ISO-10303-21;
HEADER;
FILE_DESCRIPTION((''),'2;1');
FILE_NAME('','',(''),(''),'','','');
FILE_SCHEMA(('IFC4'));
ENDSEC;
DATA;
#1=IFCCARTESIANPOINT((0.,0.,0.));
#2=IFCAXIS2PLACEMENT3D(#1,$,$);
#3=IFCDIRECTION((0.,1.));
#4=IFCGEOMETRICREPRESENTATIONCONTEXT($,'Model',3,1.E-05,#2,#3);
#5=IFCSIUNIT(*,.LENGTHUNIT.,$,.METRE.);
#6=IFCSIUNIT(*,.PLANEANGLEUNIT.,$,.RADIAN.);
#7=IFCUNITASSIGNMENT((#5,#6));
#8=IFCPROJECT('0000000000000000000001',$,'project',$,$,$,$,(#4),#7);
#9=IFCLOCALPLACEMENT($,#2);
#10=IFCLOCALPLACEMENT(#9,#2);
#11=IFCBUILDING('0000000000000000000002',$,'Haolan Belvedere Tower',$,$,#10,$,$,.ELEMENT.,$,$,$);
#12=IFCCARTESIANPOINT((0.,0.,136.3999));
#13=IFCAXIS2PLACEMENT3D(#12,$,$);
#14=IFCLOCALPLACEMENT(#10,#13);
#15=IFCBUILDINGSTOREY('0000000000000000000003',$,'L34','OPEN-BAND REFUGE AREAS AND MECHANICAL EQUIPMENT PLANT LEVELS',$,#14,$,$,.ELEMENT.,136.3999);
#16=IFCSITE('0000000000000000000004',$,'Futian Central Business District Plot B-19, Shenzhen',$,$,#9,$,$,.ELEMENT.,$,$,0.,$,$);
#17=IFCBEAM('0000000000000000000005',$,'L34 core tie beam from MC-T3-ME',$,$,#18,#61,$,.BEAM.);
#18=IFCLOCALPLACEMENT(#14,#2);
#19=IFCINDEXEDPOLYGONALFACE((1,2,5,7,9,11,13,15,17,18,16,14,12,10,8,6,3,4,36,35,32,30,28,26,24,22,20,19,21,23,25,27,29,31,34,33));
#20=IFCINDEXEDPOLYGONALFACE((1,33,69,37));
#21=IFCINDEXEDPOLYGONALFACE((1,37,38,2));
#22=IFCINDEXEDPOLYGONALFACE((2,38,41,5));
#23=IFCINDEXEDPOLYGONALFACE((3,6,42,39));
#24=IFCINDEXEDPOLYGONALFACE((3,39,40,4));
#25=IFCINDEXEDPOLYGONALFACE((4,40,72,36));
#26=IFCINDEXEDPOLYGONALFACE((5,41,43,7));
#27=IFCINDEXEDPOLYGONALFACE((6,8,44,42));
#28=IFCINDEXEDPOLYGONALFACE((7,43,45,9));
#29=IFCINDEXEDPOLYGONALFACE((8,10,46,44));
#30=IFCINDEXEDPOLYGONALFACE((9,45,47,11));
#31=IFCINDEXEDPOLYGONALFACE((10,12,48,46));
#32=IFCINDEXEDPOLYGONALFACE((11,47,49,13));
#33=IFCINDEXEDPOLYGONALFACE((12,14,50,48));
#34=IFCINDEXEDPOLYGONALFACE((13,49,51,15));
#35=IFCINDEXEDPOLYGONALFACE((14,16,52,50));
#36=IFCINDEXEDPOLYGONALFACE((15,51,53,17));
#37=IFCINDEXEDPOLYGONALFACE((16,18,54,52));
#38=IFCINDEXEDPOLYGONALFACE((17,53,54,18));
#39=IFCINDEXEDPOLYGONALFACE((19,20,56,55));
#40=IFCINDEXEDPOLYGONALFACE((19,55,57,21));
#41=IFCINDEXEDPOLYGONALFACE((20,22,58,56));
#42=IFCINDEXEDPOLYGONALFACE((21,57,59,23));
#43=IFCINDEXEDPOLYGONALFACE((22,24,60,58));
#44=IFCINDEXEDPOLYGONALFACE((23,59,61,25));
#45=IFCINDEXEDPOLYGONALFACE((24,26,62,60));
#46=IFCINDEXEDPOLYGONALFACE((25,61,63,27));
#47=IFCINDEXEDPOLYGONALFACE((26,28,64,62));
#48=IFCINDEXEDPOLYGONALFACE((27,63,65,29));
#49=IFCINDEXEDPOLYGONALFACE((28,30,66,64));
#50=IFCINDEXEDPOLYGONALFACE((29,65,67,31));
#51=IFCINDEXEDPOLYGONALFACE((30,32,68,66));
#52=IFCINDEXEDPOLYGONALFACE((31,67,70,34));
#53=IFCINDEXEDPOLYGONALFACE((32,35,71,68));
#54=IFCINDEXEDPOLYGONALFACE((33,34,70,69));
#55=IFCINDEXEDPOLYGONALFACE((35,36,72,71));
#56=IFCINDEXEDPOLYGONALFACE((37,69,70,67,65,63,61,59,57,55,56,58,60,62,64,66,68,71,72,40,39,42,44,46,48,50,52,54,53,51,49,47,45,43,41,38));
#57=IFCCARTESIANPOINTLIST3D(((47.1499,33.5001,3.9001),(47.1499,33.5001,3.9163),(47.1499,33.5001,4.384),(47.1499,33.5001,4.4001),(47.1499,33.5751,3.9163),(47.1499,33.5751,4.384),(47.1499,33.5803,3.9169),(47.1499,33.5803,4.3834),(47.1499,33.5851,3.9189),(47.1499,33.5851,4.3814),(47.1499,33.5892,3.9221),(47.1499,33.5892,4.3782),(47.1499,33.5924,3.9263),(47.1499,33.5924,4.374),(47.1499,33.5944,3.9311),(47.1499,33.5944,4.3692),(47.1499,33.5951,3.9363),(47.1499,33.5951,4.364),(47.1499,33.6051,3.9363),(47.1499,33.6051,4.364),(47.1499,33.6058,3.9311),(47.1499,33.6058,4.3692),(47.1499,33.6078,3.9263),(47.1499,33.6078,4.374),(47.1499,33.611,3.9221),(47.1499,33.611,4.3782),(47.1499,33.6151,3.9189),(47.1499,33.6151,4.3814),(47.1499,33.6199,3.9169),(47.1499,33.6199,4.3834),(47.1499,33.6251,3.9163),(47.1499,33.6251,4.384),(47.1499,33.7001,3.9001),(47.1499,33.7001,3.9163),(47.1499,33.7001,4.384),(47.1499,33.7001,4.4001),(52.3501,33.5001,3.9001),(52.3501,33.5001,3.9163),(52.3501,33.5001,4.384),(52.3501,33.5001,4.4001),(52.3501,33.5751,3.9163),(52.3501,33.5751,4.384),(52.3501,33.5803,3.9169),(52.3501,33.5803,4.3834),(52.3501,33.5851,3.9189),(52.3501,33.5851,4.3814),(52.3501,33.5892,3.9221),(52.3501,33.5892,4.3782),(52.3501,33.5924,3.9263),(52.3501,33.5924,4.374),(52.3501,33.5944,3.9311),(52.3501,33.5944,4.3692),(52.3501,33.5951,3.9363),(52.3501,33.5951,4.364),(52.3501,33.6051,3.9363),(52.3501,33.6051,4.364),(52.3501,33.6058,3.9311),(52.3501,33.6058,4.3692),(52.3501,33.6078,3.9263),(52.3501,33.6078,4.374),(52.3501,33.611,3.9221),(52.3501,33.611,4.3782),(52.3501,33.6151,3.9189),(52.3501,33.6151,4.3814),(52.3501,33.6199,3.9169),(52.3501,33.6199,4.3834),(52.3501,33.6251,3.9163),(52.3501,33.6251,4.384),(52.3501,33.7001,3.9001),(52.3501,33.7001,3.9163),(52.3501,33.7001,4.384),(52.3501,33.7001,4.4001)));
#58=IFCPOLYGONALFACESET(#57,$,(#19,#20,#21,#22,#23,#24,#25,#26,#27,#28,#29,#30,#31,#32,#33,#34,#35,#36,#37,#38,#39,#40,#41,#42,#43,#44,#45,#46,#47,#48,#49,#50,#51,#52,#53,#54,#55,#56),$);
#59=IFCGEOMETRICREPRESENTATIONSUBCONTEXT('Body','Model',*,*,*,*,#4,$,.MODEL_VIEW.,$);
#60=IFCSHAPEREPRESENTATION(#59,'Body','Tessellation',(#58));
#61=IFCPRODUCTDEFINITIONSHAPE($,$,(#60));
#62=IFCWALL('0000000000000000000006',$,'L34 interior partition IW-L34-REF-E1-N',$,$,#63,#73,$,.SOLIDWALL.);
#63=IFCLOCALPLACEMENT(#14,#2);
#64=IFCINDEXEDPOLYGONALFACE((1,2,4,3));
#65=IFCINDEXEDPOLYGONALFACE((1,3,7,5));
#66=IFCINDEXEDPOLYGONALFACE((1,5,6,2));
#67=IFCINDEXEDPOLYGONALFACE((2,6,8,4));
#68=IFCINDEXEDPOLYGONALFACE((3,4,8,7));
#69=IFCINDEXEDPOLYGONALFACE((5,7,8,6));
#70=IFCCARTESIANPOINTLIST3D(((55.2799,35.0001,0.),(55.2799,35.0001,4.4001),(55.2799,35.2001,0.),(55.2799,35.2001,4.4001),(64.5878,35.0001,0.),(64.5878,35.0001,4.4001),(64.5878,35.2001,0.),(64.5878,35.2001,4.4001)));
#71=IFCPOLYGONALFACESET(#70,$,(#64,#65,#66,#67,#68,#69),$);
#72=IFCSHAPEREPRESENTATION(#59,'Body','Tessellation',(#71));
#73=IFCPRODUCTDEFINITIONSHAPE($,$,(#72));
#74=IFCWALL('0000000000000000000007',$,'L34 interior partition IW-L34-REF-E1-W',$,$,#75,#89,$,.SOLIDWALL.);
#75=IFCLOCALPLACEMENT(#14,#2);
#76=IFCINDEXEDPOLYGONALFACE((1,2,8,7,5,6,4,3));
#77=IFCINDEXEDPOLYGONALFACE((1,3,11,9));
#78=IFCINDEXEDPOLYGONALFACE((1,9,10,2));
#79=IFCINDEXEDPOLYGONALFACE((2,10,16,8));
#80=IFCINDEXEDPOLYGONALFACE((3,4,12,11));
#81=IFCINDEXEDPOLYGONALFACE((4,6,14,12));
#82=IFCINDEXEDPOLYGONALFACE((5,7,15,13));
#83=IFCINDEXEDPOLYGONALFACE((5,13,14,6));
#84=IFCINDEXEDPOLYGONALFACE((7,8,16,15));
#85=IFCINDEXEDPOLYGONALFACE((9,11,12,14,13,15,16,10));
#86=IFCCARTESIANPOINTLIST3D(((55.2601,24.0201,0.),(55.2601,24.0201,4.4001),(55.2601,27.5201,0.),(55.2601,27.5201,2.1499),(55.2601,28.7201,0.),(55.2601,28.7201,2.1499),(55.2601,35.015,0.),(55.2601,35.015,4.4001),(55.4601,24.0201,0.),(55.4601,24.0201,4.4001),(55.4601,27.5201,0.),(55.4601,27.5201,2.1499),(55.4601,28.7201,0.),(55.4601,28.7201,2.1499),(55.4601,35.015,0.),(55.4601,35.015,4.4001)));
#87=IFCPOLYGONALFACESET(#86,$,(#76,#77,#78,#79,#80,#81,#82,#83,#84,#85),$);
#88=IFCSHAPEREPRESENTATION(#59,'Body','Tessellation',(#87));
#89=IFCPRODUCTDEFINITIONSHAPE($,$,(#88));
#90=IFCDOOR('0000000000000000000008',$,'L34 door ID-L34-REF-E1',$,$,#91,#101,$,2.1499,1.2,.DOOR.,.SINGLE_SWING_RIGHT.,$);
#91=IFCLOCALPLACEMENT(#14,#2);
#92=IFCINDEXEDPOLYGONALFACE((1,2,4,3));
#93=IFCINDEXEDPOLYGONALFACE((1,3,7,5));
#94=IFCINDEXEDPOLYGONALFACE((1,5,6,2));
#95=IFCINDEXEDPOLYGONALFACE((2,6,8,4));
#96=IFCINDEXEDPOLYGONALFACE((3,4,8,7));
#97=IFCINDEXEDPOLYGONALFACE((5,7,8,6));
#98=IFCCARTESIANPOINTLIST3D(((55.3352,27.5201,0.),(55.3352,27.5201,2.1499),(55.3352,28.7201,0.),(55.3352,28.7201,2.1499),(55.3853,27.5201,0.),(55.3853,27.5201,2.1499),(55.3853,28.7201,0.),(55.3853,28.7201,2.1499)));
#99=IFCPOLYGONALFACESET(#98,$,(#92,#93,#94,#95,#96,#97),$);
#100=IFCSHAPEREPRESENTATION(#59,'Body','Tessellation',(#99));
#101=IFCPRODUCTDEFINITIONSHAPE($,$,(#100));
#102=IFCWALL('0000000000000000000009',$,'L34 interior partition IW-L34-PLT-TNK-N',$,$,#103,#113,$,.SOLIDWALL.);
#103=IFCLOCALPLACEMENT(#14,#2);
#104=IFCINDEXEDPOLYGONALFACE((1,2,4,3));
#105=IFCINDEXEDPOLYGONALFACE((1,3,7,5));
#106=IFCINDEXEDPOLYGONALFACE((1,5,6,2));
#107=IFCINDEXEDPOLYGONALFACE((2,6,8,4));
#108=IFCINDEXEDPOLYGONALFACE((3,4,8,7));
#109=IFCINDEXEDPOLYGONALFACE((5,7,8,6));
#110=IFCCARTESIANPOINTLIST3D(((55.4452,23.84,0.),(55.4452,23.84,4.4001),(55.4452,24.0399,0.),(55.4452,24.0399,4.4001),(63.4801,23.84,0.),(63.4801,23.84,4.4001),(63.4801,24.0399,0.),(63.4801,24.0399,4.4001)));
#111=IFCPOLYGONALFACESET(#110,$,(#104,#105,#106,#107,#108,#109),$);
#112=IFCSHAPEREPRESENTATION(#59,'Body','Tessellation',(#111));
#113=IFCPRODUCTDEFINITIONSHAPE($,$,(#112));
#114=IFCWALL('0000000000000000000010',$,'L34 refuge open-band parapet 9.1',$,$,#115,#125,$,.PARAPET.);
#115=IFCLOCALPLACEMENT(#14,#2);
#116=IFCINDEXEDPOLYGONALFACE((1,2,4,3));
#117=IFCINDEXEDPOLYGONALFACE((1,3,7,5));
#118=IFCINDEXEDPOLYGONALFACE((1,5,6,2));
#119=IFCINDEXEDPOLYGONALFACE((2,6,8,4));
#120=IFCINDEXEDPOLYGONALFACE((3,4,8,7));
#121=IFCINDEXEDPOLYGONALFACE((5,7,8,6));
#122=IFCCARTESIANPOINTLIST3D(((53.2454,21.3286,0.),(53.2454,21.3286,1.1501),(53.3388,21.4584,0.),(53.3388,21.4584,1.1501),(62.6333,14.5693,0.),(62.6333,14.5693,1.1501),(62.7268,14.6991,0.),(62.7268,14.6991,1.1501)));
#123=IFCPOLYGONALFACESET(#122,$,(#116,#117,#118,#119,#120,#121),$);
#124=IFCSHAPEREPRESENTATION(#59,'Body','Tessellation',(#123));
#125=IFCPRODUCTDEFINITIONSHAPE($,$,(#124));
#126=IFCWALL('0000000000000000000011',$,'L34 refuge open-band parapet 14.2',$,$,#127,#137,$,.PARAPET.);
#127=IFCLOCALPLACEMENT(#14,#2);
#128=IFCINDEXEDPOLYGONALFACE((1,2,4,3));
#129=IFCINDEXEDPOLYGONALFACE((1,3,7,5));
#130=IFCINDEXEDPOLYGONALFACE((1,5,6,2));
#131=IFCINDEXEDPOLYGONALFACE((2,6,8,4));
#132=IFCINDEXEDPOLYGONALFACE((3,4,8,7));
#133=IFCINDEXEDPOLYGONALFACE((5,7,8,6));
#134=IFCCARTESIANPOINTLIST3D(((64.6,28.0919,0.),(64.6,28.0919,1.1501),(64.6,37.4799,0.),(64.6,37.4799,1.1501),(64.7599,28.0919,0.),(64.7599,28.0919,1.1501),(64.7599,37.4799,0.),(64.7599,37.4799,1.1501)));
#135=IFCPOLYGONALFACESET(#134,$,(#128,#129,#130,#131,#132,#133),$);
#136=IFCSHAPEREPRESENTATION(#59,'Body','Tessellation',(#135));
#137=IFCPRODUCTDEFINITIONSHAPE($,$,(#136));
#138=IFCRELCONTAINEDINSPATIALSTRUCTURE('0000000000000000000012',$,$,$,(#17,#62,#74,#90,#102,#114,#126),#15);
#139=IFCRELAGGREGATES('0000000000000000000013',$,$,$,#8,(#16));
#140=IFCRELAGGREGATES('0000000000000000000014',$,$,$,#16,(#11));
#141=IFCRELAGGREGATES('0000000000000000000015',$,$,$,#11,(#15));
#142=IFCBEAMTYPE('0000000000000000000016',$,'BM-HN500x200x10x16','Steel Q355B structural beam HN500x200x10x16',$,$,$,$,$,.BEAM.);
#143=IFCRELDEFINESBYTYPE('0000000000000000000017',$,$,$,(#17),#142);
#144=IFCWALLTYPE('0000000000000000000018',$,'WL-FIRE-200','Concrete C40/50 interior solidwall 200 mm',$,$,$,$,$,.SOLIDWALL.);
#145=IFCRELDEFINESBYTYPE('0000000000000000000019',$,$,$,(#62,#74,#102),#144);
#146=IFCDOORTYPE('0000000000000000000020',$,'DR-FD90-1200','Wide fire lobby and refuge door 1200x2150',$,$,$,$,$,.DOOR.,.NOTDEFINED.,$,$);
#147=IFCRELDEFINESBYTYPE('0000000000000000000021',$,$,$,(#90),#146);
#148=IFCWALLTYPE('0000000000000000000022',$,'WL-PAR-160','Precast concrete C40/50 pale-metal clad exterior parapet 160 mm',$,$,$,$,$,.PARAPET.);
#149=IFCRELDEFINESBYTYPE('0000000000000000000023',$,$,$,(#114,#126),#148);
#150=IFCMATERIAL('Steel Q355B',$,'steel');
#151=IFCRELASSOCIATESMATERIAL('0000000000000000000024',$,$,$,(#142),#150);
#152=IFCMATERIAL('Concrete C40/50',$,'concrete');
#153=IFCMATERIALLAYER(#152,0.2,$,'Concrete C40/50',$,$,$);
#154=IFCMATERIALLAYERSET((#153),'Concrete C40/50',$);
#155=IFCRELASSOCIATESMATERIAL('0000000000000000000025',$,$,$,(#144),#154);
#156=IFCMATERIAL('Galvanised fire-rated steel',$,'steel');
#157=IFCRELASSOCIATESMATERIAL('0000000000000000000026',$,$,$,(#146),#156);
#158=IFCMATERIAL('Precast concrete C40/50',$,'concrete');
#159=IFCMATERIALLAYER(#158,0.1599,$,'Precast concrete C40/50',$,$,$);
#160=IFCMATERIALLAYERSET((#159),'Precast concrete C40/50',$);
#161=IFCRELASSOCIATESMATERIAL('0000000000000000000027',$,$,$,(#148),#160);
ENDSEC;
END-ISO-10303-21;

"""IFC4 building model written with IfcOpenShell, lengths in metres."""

from ifc_helpers import new_model, si_unit, direction, frame, frame_2d, origin, origin_2d, place, context, subcontext, project, spatial, rectangle, i_section, extrude, material, layer, layer_set, material_profile, profile_set, type_object, element, fill, save


model = new_model("IFC4")

# Units and contexts
model_context = context("Model", 3, precision=1e-05, world=origin(), true_north=direction((0.0, 1.0)))
body_context = subcontext(model_context, "Body", "Model", "MODEL_VIEW")
ifc_project = project(units=[si_unit("LENGTHUNIT", "METRE"), si_unit("PLANEANGLEUNIT", "RADIAN")], contexts=[model_context])

# Site, building, storey
site_placement = place(None, origin())
site = spatial("IfcSite", under=ifc_project, at=site_placement, Name="Futian Central Business District Plot B-19, Shenzhen", CompositionType="ELEMENT", RefElevation=0.0)
building_placement = place(site_placement, origin())
building = spatial("IfcBuilding", under=site, at=building_placement, Name="Haolan Belvedere Tower", CompositionType="ELEMENT")
storey_placement = place(building_placement, frame((0.0, 0.0, 136.3999)))
storey = spatial("IfcBuildingStorey", under=building, at=storey_placement, Name="L34", Description="OPEN-BAND REFUGE AREAS AND MECHANICAL EQUIPMENT PLANT LEVELS", CompositionType="ELEMENT", Elevation=136.3999)

# Beam
ifc_material_1 = material(Name="Steel Q355B", Category="steel")
ifc_material_profile_1 = material_profile(ifc_material_1, i_section(OverallWidth=0.2, OverallDepth=0.5, WebThickness=0.01, FlangeThickness=0.0161, FilletRadius=0.02, at=origin_2d()), Name="Steel Q355B")
ifc_profile_set_1 = profile_set([ifc_material_profile_1], Name="Steel Q355B")
beam_type_1 = type_object("IfcBeamType", Name="BM-HN500x200x10x16", Description="Steel Q355B structural beam HN500x200x10x16", PredefinedType="BEAM", material=ifc_profile_set_1)
beam_1_placement = place(storey_placement, frame((52.3501, 33.6001, 4.1501), z_axis=(-1.0, 0.0, 0.0), x_axis=(0.0, -1.0, 0.0)))
element("IfcBeam", 1, at=beam_1_placement, inside=storey, type_object=beam_type_1, Name="L34 core tie beam from MC-T3-ME", PredefinedType="BEAM", context=body_context, shape_type="SweptSolid", body=[
    extrude(i_section(OverallWidth=0.2, OverallDepth=0.5, WebThickness=0.01, FlangeThickness=0.0161, FilletRadius=0.02, at=origin_2d()), origin(), (0.0, 0.0, 1.0), 5.2002),
])

# Wall
ifc_material_2 = material(Name="Concrete C40/50", Category="concrete")
ifc_layer_1 = layer(ifc_material_2, 0.2, Name="Concrete C40/50")
ifc_layer_set_1 = layer_set([ifc_layer_1], Name="Concrete C40/50")
wall_type_1 = type_object("IfcWallType", Name="WL-FIRE-200", Description="Concrete C40/50 interior solidwall 200 mm", PredefinedType="SOLIDWALL", material=ifc_layer_set_1)
wall_1_placement = place(storey_placement, frame((55.28, 35.1001, 0.0), z_axis=(0.0, 0.0, 1.0), x_axis=(1.0, 0.0, 0.0)))
element("IfcWall", 2, at=wall_1_placement, inside=storey, type_object=wall_type_1, Name="L34 interior partition IW-L34-REF-E1-N", PredefinedType="SOLIDWALL", context=body_context, shape_type="SweptSolid", body=[
    extrude(rectangle(XDim=9.3079, YDim=0.2, at=frame_2d((4.6538, 0.0))), origin(), (0.0, 0.0, 1.0), 4.4001),
])

# Wall, opening, door
wall_2_placement = place(storey_placement, frame((55.3601, 24.02, 0.0), z_axis=(0.0, 0.0, 1.0), x_axis=(0.0, 1.0, 0.0)))
wall_2 = element("IfcWall", 3, at=wall_2_placement, inside=storey, type_object=wall_type_1, Name="L34 interior partition IW-L34-REF-E1-W", PredefinedType="SOLIDWALL", context=body_context, shape_type="SweptSolid", body=[
    extrude(rectangle(XDim=10.9949, YDim=0.2, at=frame_2d((5.4976, 0.0))), origin(), (0.0, 0.0, 1.0), 4.4001),
])
opening_placement = place(wall_2_placement, frame((3.5, 0.0, 0.0)))
opening = element("IfcOpeningElement", 4, at=opening_placement, cuts=wall_2, PredefinedType="OPENING", context=body_context, shape_type="SweptSolid", body=[
    extrude(rectangle(XDim=1.2, YDim=2.1499, at=frame_2d((0.6001, 1.075))), frame((0.0, 0.1099, 0.0), z_axis=(0.0, -1.0, 0.0), x_axis=(1.0, 0.0, 0.0)), (0.0, 0.0, 1.0), 0.22),
])
ifc_material_3 = material(Name="Galvanised fire-rated steel", Category="steel")
door_type = type_object("IfcDoorType", Name="DR-FD90-1200", Description="Wide fire lobby and refuge door 1200x2150", OperationType="NOTDEFINED", PredefinedType="DOOR", material=ifc_material_3)
door_placement = place(opening_placement, origin())
door = element("IfcDoor", 5, at=door_placement, inside=storey, type_object=door_type, Name="L34 door ID-L34-REF-E1", OperationType="SINGLE_SWING_RIGHT", OverallHeight=2.1499, OverallWidth=1.2, PredefinedType="DOOR", context=body_context, shape_type="SweptSolid", body=[
    extrude(rectangle(XDim=1.2, YDim=2.1499, at=frame_2d((0.6001, 1.075))), frame((0.0, 0.0249, 0.0), z_axis=(0.0, -1.0, 0.0), x_axis=(1.0, 0.0, 0.0)), (0.0, 0.0, 1.0), 0.05),
])
fill(opening, door)

# Walls
wall_3_placement = place(storey_placement, frame((55.4451, 23.9399, 0.0), z_axis=(0.0, 0.0, 1.0), x_axis=(1.0, 0.0, 0.0)))
element("IfcWall", 6, at=wall_3_placement, inside=storey, type_object=wall_type_1, Name="L34 interior partition IW-L34-PLT-TNK-N", PredefinedType="SOLIDWALL", context=body_context, shape_type="SweptSolid", body=[
    extrude(rectangle(XDim=8.0349, YDim=0.2, at=frame_2d((4.0176, 0.0))), origin(), (0.0, 0.0, 1.0), 4.4001),
])
ifc_material_4 = material(Name="Precast concrete C40/50", Category="concrete")
ifc_layer_2 = layer(ifc_material_4, 0.1599, Name="Precast concrete C40/50")
ifc_layer_set_2 = layer_set([ifc_layer_2], Name="Precast concrete C40/50")
wall_type_2 = type_object("IfcWallType", Name="WL-PAR-160", Description="Precast concrete C40/50 pale-metal clad exterior parapet 160 mm", PredefinedType="PARAPET", material=ifc_layer_set_2)
wall_4_placement = place(storey_placement, frame((53.292, 21.3936, 0.0), z_axis=(0.0, 0.0, 1.0), x_axis=(0.811536, -0.584303, 0.0)))
element("IfcWall", 7, at=wall_4_placement, inside=storey, type_object=wall_type_2, Name="L34 refuge open-band parapet 9.1", PredefinedType="PARAPET", context=body_context, shape_type="SweptSolid", body=[
    extrude(rectangle(XDim=11.5681, YDim=0.1599, at=frame_2d((5.7842, 0.0))), origin(), (0.0, 0.0, 1.0), 1.1501),
])
wall_5_placement = place(storey_placement, frame((64.6799, 28.092, 0.0), z_axis=(0.0, 0.0, 1.0), x_axis=(0.0, 1.0, 0.0)))
element("IfcWall", 8, at=wall_5_placement, inside=storey, type_object=wall_type_2, Name="L34 refuge open-band parapet 14.2", PredefinedType="PARAPET", context=body_context, shape_type="SweptSolid", body=[
    extrude(rectangle(XDim=9.3879, YDim=0.1599, at=frame_2d((4.6938, 0.0))), origin(), (0.0, 0.0, 1.0), 1.1501),
])

save(model, "model.ifc")
